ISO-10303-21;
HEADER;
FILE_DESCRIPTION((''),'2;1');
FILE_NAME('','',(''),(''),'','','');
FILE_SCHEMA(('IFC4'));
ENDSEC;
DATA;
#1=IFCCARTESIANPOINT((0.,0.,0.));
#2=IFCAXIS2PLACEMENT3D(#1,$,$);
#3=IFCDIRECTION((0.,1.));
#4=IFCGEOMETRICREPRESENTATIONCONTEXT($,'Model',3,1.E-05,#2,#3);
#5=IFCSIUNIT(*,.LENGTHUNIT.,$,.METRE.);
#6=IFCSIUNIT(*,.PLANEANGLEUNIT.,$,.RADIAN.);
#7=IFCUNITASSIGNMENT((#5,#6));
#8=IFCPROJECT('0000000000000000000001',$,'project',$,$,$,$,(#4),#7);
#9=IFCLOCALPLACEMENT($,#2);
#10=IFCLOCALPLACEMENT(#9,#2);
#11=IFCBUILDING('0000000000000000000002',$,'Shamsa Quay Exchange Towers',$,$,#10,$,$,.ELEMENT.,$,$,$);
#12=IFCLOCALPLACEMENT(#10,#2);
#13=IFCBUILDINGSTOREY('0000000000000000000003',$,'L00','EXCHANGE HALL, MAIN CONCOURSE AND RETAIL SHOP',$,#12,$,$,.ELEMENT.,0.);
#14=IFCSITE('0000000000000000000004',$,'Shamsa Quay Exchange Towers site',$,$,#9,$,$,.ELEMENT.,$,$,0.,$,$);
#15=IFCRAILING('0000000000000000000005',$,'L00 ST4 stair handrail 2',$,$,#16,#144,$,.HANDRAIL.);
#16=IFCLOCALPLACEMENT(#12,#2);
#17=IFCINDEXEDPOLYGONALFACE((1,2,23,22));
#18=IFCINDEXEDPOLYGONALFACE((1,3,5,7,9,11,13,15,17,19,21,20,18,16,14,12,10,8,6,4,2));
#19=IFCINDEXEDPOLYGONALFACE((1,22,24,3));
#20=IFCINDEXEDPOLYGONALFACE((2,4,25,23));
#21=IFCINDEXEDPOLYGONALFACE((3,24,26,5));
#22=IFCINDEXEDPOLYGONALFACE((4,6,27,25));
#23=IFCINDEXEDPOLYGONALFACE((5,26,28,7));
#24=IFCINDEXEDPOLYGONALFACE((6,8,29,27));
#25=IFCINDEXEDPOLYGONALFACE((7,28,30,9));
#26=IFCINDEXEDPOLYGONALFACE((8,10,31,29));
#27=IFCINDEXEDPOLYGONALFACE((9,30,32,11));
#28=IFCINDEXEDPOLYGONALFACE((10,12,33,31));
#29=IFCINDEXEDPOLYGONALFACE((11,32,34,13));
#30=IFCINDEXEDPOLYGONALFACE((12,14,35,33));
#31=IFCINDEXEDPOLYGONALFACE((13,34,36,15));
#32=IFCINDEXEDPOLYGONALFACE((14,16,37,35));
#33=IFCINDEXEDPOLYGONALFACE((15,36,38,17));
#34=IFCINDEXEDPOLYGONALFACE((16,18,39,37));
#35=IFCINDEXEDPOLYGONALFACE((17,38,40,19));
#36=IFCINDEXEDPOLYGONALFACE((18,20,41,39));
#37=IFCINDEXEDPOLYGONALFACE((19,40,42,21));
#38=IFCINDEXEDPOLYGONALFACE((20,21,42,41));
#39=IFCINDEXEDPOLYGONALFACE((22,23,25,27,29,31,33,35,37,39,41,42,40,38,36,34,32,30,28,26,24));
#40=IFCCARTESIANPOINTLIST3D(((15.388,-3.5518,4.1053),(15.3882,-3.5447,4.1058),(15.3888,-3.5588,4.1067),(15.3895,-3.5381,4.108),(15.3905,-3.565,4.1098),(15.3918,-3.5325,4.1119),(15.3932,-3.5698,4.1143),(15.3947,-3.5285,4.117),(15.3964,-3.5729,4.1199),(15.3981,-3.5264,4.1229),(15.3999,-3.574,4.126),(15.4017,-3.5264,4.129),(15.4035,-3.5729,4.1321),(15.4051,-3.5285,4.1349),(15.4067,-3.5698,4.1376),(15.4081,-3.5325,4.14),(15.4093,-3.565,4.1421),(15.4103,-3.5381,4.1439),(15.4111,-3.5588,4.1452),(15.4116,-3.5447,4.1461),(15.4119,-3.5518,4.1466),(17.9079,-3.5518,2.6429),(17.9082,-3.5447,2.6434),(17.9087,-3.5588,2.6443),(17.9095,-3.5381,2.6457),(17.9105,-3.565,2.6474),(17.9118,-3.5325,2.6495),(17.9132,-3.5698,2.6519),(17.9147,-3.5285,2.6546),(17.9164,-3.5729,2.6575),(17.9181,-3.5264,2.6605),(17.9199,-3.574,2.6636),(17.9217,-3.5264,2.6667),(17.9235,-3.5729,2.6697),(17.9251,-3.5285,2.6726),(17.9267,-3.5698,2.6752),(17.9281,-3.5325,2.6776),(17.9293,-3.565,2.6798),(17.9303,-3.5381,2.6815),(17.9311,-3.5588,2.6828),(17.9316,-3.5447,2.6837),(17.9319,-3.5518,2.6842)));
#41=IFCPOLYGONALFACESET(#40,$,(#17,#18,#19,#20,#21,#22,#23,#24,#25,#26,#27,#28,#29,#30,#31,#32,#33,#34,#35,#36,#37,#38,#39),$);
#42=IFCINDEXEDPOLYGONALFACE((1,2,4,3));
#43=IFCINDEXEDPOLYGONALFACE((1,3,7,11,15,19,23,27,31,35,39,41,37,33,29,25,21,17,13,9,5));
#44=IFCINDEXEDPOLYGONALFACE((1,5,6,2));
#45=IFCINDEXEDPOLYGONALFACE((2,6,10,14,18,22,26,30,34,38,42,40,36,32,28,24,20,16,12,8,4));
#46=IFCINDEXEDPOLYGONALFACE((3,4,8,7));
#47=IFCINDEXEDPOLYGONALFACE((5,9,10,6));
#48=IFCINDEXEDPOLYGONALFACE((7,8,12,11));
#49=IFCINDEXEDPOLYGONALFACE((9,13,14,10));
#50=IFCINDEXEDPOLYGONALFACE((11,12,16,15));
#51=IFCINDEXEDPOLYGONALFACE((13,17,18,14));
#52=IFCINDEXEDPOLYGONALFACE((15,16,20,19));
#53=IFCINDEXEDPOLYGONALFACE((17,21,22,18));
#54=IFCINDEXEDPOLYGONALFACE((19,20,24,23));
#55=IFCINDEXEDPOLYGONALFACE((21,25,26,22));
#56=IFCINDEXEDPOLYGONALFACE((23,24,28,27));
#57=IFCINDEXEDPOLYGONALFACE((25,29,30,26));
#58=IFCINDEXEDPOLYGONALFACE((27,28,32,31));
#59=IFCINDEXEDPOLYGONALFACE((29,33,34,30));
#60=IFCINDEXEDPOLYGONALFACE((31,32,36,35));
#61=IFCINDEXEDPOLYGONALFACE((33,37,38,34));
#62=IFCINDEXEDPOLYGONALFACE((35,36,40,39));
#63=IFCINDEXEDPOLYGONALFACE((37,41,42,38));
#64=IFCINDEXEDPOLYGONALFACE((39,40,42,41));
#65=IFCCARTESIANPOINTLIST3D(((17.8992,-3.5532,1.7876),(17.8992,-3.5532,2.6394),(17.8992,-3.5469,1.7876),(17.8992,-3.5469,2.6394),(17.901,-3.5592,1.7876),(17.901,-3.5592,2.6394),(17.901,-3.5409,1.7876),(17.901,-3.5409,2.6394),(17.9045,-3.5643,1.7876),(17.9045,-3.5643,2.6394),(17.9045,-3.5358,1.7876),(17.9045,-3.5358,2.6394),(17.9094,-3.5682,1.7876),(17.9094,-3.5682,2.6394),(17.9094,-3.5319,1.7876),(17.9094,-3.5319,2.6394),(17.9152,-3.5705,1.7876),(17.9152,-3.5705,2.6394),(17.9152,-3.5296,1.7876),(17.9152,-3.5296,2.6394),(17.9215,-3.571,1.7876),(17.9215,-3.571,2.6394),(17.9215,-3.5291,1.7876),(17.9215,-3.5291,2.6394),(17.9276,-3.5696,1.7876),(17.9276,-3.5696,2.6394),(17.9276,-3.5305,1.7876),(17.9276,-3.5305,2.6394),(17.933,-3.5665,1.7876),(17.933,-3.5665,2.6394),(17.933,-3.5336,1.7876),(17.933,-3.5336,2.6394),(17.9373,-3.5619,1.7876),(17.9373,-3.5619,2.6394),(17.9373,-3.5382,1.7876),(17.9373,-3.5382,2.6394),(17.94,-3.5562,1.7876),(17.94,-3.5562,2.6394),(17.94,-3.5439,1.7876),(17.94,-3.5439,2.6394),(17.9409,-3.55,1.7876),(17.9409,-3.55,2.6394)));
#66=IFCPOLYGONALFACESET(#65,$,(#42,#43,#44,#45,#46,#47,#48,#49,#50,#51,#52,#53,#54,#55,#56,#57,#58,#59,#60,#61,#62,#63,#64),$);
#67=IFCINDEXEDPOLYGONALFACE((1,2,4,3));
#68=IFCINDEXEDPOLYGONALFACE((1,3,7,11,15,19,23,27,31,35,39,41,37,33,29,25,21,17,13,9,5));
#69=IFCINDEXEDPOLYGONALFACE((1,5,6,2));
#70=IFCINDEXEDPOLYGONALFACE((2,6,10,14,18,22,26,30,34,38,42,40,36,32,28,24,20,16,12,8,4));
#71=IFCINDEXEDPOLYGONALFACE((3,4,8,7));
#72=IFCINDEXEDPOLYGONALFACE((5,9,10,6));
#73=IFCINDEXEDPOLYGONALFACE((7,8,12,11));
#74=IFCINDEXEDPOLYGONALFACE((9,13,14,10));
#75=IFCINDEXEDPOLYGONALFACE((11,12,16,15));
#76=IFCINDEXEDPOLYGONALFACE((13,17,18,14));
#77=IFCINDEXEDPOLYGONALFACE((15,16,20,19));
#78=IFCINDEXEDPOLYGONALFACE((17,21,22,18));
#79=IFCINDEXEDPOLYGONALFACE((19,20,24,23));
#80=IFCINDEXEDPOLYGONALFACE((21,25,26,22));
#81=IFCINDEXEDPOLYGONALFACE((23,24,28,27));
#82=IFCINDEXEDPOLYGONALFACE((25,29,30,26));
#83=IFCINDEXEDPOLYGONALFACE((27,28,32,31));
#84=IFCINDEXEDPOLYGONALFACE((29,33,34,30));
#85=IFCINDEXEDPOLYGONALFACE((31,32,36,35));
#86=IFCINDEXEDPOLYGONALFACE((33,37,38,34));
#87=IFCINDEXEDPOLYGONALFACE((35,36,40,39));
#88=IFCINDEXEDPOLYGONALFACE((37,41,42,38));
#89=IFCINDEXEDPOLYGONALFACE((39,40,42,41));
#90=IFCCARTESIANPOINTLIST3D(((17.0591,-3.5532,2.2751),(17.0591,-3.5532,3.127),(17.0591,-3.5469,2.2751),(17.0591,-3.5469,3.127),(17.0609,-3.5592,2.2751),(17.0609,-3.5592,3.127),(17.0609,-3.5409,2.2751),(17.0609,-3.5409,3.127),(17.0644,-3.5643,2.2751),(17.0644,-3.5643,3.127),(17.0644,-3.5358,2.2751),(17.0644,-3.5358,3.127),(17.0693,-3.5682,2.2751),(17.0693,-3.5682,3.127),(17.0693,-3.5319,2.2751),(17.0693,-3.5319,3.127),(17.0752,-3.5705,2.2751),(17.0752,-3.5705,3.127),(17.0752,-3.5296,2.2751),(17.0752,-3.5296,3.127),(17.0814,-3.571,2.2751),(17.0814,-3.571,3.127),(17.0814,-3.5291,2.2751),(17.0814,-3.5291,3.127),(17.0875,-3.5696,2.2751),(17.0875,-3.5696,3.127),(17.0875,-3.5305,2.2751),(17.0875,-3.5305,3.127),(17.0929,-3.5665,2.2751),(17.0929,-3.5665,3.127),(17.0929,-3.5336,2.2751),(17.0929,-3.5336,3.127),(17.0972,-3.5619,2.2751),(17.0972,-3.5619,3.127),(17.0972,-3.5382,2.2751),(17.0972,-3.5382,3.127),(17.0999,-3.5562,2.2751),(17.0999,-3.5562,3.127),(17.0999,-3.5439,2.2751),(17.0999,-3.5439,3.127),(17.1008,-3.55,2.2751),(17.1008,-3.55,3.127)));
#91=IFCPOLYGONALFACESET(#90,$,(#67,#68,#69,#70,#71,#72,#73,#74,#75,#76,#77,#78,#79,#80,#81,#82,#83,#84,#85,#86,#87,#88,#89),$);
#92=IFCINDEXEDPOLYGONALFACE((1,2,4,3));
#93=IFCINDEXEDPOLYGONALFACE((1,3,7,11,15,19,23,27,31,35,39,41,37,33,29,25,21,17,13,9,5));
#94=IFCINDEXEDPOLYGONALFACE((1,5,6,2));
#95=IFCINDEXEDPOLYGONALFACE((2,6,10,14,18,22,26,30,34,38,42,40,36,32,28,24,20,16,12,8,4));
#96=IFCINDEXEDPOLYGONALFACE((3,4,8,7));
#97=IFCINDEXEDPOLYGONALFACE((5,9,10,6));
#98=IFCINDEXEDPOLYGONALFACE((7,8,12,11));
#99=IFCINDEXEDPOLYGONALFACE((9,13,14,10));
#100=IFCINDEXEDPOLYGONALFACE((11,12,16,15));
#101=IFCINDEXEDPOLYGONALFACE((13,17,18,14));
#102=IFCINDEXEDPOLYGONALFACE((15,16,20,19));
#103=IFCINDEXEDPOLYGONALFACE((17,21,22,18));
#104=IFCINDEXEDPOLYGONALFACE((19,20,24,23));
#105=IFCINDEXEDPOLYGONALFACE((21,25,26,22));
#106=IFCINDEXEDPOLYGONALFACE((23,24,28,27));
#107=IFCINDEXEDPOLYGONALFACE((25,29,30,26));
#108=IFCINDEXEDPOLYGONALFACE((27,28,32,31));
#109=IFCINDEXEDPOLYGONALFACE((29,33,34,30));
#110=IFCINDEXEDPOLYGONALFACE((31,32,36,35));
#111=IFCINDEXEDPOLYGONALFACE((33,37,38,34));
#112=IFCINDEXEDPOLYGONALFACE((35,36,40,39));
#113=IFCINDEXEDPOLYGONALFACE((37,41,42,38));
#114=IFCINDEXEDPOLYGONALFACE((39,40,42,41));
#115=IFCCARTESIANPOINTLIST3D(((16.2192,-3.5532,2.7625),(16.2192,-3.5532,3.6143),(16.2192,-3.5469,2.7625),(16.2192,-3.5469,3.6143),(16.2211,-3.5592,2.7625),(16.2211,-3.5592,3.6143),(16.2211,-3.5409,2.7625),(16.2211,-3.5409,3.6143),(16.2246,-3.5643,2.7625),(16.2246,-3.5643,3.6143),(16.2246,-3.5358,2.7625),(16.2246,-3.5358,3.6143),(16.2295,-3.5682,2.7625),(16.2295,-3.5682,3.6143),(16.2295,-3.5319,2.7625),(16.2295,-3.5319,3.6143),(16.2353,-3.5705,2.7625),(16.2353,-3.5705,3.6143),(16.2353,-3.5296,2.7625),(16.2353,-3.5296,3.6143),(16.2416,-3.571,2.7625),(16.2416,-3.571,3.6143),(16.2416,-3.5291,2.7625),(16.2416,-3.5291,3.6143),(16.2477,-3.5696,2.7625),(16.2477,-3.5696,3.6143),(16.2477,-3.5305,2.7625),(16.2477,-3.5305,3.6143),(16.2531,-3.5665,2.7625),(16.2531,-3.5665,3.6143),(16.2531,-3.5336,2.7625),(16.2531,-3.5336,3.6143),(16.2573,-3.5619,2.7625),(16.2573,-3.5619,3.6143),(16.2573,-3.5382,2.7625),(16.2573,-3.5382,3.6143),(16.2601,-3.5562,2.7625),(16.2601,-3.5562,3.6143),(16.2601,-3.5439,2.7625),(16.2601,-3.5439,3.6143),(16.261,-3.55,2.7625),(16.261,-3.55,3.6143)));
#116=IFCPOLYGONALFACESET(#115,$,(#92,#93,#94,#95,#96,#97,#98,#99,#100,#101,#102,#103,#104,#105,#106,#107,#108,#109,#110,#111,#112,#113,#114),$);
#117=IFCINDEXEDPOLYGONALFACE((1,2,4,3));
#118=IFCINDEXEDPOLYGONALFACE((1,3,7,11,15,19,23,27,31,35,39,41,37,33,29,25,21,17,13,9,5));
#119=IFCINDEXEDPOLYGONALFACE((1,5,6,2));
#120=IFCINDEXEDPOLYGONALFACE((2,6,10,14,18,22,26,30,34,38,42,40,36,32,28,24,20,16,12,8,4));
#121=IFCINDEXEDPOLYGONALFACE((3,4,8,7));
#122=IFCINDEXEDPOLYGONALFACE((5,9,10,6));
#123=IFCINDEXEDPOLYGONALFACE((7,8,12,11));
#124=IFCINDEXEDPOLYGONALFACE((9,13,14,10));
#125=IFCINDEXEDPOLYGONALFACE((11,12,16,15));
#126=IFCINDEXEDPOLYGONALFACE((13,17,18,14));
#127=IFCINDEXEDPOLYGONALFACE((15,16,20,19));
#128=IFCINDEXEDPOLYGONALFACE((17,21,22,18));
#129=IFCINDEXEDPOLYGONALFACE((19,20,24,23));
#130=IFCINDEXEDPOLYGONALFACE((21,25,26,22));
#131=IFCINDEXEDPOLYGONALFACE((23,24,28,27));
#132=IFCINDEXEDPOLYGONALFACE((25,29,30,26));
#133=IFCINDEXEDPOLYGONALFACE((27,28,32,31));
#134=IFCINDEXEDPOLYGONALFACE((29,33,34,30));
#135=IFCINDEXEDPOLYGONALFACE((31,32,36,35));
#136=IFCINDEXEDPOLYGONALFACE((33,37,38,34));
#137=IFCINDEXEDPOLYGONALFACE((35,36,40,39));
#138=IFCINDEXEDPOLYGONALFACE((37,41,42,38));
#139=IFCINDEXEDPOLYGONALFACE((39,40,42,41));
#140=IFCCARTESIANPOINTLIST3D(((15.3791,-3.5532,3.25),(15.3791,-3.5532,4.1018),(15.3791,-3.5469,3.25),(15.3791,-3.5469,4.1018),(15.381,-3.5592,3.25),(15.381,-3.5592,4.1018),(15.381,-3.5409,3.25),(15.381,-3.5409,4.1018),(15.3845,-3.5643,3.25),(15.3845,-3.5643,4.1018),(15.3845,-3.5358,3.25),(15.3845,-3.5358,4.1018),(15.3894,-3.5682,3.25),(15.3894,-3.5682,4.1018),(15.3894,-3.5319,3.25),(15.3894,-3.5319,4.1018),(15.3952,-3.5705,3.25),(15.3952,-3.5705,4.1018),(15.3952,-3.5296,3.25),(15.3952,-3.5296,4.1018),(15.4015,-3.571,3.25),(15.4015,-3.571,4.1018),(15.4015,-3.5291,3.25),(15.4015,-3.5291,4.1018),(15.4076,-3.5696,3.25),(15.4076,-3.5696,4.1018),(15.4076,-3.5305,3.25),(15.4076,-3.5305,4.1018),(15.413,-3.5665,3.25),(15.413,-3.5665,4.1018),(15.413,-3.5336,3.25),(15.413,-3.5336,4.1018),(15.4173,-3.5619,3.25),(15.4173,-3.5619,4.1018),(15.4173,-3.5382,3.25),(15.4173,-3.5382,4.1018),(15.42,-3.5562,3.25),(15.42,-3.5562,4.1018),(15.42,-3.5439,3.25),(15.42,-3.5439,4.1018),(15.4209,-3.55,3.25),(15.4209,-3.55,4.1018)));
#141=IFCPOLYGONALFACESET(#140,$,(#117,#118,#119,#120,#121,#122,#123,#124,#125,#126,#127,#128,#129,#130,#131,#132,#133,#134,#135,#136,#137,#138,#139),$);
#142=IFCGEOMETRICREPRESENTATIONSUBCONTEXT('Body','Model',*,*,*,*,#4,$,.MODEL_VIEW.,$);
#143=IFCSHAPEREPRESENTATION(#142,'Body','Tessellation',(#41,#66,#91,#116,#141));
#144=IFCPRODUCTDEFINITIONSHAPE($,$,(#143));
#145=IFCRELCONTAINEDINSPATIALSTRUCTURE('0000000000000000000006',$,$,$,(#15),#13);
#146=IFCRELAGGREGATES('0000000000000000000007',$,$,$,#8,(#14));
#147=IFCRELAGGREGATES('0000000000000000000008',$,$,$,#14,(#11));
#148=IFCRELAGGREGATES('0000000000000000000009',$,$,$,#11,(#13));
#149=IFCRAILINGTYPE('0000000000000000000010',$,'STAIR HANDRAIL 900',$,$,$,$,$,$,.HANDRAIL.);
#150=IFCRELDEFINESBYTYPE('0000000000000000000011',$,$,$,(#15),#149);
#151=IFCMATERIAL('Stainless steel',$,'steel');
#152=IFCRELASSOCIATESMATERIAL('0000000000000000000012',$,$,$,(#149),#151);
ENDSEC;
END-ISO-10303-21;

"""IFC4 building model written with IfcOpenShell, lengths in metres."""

from ifc_helpers import new_model, si_unit, direction, frame, origin, origin_2d, place, context, subcontext, project, spatial, circle, extrude, material, type_object, element, save


model = new_model("IFC4")

# Units and contexts
model_context = context("Model", 3, precision=1e-05, world=origin(), true_north=direction((0.0, 1.0)))
body_context = subcontext(model_context, "Body", "Model", "MODEL_VIEW")
ifc_project = project(units=[si_unit("LENGTHUNIT", "METRE"), si_unit("PLANEANGLEUNIT", "RADIAN")], contexts=[model_context])

# Site, building, storey
site_placement = place(None, origin())
site = spatial("IfcSite", under=ifc_project, at=site_placement, Name="Shamsa Quay Exchange Towers site", CompositionType="ELEMENT", RefElevation=0.0)
building_placement = place(site_placement, origin())
building = spatial("IfcBuilding", under=site, at=building_placement, Name="Shamsa Quay Exchange Towers", CompositionType="ELEMENT")
storey_placement = place(building_placement, origin())
storey = spatial("IfcBuildingStorey", under=building, at=storey_placement, Name="L00", Description="EXCHANGE HALL, MAIN CONCOURSE AND RETAIL SHOP", CompositionType="ELEMENT", Elevation=0.0)

# Railing
ifc_material_1 = material(Name="Stainless steel", Category="steel")
railing_type_1 = type_object("IfcRailingType", Name="STAIR HANDRAIL 900", PredefinedType="HANDRAIL", material=ifc_material_1)
railing_1_placement = place(storey_placement, frame((17.9199, -3.55, 1.7876)))
element("IfcRailing", 1, at=railing_1_placement, inside=storey, type_object=railing_type_1, Name="L00 ST4 stair handrail 2", PredefinedType="HANDRAIL", context=body_context, shape_type="SweptSolid", body=[
    extrude(circle(Radius=0.0239, at=origin_2d()), frame((0.0, 0.0, 0.876), z_axis=(-0.864913, 0.0, 0.501921), x_axis=(0.0, -1.0, 0.0)), (0.0, 0.0, 1.0), 2.9136),
    extrude(circle(Radius=0.021, at=origin_2d()), origin(), (0.0, 0.0, 1.0), 0.8518),
    extrude(circle(Radius=0.021, at=origin_2d()), frame((-0.8401, 0.0, 0.4875)), (0.0, 0.0, 1.0), 0.8518),
    extrude(circle(Radius=0.021, at=origin_2d()), frame((-1.6799, 0.0, 0.9749)), (0.0, 0.0, 1.0), 0.8518),
    extrude(circle(Radius=0.021, at=origin_2d()), frame((-2.52, 0.0, 1.4624)), (0.0, 0.0, 1.0), 0.8518),
])

save(model, "model.ifc")
